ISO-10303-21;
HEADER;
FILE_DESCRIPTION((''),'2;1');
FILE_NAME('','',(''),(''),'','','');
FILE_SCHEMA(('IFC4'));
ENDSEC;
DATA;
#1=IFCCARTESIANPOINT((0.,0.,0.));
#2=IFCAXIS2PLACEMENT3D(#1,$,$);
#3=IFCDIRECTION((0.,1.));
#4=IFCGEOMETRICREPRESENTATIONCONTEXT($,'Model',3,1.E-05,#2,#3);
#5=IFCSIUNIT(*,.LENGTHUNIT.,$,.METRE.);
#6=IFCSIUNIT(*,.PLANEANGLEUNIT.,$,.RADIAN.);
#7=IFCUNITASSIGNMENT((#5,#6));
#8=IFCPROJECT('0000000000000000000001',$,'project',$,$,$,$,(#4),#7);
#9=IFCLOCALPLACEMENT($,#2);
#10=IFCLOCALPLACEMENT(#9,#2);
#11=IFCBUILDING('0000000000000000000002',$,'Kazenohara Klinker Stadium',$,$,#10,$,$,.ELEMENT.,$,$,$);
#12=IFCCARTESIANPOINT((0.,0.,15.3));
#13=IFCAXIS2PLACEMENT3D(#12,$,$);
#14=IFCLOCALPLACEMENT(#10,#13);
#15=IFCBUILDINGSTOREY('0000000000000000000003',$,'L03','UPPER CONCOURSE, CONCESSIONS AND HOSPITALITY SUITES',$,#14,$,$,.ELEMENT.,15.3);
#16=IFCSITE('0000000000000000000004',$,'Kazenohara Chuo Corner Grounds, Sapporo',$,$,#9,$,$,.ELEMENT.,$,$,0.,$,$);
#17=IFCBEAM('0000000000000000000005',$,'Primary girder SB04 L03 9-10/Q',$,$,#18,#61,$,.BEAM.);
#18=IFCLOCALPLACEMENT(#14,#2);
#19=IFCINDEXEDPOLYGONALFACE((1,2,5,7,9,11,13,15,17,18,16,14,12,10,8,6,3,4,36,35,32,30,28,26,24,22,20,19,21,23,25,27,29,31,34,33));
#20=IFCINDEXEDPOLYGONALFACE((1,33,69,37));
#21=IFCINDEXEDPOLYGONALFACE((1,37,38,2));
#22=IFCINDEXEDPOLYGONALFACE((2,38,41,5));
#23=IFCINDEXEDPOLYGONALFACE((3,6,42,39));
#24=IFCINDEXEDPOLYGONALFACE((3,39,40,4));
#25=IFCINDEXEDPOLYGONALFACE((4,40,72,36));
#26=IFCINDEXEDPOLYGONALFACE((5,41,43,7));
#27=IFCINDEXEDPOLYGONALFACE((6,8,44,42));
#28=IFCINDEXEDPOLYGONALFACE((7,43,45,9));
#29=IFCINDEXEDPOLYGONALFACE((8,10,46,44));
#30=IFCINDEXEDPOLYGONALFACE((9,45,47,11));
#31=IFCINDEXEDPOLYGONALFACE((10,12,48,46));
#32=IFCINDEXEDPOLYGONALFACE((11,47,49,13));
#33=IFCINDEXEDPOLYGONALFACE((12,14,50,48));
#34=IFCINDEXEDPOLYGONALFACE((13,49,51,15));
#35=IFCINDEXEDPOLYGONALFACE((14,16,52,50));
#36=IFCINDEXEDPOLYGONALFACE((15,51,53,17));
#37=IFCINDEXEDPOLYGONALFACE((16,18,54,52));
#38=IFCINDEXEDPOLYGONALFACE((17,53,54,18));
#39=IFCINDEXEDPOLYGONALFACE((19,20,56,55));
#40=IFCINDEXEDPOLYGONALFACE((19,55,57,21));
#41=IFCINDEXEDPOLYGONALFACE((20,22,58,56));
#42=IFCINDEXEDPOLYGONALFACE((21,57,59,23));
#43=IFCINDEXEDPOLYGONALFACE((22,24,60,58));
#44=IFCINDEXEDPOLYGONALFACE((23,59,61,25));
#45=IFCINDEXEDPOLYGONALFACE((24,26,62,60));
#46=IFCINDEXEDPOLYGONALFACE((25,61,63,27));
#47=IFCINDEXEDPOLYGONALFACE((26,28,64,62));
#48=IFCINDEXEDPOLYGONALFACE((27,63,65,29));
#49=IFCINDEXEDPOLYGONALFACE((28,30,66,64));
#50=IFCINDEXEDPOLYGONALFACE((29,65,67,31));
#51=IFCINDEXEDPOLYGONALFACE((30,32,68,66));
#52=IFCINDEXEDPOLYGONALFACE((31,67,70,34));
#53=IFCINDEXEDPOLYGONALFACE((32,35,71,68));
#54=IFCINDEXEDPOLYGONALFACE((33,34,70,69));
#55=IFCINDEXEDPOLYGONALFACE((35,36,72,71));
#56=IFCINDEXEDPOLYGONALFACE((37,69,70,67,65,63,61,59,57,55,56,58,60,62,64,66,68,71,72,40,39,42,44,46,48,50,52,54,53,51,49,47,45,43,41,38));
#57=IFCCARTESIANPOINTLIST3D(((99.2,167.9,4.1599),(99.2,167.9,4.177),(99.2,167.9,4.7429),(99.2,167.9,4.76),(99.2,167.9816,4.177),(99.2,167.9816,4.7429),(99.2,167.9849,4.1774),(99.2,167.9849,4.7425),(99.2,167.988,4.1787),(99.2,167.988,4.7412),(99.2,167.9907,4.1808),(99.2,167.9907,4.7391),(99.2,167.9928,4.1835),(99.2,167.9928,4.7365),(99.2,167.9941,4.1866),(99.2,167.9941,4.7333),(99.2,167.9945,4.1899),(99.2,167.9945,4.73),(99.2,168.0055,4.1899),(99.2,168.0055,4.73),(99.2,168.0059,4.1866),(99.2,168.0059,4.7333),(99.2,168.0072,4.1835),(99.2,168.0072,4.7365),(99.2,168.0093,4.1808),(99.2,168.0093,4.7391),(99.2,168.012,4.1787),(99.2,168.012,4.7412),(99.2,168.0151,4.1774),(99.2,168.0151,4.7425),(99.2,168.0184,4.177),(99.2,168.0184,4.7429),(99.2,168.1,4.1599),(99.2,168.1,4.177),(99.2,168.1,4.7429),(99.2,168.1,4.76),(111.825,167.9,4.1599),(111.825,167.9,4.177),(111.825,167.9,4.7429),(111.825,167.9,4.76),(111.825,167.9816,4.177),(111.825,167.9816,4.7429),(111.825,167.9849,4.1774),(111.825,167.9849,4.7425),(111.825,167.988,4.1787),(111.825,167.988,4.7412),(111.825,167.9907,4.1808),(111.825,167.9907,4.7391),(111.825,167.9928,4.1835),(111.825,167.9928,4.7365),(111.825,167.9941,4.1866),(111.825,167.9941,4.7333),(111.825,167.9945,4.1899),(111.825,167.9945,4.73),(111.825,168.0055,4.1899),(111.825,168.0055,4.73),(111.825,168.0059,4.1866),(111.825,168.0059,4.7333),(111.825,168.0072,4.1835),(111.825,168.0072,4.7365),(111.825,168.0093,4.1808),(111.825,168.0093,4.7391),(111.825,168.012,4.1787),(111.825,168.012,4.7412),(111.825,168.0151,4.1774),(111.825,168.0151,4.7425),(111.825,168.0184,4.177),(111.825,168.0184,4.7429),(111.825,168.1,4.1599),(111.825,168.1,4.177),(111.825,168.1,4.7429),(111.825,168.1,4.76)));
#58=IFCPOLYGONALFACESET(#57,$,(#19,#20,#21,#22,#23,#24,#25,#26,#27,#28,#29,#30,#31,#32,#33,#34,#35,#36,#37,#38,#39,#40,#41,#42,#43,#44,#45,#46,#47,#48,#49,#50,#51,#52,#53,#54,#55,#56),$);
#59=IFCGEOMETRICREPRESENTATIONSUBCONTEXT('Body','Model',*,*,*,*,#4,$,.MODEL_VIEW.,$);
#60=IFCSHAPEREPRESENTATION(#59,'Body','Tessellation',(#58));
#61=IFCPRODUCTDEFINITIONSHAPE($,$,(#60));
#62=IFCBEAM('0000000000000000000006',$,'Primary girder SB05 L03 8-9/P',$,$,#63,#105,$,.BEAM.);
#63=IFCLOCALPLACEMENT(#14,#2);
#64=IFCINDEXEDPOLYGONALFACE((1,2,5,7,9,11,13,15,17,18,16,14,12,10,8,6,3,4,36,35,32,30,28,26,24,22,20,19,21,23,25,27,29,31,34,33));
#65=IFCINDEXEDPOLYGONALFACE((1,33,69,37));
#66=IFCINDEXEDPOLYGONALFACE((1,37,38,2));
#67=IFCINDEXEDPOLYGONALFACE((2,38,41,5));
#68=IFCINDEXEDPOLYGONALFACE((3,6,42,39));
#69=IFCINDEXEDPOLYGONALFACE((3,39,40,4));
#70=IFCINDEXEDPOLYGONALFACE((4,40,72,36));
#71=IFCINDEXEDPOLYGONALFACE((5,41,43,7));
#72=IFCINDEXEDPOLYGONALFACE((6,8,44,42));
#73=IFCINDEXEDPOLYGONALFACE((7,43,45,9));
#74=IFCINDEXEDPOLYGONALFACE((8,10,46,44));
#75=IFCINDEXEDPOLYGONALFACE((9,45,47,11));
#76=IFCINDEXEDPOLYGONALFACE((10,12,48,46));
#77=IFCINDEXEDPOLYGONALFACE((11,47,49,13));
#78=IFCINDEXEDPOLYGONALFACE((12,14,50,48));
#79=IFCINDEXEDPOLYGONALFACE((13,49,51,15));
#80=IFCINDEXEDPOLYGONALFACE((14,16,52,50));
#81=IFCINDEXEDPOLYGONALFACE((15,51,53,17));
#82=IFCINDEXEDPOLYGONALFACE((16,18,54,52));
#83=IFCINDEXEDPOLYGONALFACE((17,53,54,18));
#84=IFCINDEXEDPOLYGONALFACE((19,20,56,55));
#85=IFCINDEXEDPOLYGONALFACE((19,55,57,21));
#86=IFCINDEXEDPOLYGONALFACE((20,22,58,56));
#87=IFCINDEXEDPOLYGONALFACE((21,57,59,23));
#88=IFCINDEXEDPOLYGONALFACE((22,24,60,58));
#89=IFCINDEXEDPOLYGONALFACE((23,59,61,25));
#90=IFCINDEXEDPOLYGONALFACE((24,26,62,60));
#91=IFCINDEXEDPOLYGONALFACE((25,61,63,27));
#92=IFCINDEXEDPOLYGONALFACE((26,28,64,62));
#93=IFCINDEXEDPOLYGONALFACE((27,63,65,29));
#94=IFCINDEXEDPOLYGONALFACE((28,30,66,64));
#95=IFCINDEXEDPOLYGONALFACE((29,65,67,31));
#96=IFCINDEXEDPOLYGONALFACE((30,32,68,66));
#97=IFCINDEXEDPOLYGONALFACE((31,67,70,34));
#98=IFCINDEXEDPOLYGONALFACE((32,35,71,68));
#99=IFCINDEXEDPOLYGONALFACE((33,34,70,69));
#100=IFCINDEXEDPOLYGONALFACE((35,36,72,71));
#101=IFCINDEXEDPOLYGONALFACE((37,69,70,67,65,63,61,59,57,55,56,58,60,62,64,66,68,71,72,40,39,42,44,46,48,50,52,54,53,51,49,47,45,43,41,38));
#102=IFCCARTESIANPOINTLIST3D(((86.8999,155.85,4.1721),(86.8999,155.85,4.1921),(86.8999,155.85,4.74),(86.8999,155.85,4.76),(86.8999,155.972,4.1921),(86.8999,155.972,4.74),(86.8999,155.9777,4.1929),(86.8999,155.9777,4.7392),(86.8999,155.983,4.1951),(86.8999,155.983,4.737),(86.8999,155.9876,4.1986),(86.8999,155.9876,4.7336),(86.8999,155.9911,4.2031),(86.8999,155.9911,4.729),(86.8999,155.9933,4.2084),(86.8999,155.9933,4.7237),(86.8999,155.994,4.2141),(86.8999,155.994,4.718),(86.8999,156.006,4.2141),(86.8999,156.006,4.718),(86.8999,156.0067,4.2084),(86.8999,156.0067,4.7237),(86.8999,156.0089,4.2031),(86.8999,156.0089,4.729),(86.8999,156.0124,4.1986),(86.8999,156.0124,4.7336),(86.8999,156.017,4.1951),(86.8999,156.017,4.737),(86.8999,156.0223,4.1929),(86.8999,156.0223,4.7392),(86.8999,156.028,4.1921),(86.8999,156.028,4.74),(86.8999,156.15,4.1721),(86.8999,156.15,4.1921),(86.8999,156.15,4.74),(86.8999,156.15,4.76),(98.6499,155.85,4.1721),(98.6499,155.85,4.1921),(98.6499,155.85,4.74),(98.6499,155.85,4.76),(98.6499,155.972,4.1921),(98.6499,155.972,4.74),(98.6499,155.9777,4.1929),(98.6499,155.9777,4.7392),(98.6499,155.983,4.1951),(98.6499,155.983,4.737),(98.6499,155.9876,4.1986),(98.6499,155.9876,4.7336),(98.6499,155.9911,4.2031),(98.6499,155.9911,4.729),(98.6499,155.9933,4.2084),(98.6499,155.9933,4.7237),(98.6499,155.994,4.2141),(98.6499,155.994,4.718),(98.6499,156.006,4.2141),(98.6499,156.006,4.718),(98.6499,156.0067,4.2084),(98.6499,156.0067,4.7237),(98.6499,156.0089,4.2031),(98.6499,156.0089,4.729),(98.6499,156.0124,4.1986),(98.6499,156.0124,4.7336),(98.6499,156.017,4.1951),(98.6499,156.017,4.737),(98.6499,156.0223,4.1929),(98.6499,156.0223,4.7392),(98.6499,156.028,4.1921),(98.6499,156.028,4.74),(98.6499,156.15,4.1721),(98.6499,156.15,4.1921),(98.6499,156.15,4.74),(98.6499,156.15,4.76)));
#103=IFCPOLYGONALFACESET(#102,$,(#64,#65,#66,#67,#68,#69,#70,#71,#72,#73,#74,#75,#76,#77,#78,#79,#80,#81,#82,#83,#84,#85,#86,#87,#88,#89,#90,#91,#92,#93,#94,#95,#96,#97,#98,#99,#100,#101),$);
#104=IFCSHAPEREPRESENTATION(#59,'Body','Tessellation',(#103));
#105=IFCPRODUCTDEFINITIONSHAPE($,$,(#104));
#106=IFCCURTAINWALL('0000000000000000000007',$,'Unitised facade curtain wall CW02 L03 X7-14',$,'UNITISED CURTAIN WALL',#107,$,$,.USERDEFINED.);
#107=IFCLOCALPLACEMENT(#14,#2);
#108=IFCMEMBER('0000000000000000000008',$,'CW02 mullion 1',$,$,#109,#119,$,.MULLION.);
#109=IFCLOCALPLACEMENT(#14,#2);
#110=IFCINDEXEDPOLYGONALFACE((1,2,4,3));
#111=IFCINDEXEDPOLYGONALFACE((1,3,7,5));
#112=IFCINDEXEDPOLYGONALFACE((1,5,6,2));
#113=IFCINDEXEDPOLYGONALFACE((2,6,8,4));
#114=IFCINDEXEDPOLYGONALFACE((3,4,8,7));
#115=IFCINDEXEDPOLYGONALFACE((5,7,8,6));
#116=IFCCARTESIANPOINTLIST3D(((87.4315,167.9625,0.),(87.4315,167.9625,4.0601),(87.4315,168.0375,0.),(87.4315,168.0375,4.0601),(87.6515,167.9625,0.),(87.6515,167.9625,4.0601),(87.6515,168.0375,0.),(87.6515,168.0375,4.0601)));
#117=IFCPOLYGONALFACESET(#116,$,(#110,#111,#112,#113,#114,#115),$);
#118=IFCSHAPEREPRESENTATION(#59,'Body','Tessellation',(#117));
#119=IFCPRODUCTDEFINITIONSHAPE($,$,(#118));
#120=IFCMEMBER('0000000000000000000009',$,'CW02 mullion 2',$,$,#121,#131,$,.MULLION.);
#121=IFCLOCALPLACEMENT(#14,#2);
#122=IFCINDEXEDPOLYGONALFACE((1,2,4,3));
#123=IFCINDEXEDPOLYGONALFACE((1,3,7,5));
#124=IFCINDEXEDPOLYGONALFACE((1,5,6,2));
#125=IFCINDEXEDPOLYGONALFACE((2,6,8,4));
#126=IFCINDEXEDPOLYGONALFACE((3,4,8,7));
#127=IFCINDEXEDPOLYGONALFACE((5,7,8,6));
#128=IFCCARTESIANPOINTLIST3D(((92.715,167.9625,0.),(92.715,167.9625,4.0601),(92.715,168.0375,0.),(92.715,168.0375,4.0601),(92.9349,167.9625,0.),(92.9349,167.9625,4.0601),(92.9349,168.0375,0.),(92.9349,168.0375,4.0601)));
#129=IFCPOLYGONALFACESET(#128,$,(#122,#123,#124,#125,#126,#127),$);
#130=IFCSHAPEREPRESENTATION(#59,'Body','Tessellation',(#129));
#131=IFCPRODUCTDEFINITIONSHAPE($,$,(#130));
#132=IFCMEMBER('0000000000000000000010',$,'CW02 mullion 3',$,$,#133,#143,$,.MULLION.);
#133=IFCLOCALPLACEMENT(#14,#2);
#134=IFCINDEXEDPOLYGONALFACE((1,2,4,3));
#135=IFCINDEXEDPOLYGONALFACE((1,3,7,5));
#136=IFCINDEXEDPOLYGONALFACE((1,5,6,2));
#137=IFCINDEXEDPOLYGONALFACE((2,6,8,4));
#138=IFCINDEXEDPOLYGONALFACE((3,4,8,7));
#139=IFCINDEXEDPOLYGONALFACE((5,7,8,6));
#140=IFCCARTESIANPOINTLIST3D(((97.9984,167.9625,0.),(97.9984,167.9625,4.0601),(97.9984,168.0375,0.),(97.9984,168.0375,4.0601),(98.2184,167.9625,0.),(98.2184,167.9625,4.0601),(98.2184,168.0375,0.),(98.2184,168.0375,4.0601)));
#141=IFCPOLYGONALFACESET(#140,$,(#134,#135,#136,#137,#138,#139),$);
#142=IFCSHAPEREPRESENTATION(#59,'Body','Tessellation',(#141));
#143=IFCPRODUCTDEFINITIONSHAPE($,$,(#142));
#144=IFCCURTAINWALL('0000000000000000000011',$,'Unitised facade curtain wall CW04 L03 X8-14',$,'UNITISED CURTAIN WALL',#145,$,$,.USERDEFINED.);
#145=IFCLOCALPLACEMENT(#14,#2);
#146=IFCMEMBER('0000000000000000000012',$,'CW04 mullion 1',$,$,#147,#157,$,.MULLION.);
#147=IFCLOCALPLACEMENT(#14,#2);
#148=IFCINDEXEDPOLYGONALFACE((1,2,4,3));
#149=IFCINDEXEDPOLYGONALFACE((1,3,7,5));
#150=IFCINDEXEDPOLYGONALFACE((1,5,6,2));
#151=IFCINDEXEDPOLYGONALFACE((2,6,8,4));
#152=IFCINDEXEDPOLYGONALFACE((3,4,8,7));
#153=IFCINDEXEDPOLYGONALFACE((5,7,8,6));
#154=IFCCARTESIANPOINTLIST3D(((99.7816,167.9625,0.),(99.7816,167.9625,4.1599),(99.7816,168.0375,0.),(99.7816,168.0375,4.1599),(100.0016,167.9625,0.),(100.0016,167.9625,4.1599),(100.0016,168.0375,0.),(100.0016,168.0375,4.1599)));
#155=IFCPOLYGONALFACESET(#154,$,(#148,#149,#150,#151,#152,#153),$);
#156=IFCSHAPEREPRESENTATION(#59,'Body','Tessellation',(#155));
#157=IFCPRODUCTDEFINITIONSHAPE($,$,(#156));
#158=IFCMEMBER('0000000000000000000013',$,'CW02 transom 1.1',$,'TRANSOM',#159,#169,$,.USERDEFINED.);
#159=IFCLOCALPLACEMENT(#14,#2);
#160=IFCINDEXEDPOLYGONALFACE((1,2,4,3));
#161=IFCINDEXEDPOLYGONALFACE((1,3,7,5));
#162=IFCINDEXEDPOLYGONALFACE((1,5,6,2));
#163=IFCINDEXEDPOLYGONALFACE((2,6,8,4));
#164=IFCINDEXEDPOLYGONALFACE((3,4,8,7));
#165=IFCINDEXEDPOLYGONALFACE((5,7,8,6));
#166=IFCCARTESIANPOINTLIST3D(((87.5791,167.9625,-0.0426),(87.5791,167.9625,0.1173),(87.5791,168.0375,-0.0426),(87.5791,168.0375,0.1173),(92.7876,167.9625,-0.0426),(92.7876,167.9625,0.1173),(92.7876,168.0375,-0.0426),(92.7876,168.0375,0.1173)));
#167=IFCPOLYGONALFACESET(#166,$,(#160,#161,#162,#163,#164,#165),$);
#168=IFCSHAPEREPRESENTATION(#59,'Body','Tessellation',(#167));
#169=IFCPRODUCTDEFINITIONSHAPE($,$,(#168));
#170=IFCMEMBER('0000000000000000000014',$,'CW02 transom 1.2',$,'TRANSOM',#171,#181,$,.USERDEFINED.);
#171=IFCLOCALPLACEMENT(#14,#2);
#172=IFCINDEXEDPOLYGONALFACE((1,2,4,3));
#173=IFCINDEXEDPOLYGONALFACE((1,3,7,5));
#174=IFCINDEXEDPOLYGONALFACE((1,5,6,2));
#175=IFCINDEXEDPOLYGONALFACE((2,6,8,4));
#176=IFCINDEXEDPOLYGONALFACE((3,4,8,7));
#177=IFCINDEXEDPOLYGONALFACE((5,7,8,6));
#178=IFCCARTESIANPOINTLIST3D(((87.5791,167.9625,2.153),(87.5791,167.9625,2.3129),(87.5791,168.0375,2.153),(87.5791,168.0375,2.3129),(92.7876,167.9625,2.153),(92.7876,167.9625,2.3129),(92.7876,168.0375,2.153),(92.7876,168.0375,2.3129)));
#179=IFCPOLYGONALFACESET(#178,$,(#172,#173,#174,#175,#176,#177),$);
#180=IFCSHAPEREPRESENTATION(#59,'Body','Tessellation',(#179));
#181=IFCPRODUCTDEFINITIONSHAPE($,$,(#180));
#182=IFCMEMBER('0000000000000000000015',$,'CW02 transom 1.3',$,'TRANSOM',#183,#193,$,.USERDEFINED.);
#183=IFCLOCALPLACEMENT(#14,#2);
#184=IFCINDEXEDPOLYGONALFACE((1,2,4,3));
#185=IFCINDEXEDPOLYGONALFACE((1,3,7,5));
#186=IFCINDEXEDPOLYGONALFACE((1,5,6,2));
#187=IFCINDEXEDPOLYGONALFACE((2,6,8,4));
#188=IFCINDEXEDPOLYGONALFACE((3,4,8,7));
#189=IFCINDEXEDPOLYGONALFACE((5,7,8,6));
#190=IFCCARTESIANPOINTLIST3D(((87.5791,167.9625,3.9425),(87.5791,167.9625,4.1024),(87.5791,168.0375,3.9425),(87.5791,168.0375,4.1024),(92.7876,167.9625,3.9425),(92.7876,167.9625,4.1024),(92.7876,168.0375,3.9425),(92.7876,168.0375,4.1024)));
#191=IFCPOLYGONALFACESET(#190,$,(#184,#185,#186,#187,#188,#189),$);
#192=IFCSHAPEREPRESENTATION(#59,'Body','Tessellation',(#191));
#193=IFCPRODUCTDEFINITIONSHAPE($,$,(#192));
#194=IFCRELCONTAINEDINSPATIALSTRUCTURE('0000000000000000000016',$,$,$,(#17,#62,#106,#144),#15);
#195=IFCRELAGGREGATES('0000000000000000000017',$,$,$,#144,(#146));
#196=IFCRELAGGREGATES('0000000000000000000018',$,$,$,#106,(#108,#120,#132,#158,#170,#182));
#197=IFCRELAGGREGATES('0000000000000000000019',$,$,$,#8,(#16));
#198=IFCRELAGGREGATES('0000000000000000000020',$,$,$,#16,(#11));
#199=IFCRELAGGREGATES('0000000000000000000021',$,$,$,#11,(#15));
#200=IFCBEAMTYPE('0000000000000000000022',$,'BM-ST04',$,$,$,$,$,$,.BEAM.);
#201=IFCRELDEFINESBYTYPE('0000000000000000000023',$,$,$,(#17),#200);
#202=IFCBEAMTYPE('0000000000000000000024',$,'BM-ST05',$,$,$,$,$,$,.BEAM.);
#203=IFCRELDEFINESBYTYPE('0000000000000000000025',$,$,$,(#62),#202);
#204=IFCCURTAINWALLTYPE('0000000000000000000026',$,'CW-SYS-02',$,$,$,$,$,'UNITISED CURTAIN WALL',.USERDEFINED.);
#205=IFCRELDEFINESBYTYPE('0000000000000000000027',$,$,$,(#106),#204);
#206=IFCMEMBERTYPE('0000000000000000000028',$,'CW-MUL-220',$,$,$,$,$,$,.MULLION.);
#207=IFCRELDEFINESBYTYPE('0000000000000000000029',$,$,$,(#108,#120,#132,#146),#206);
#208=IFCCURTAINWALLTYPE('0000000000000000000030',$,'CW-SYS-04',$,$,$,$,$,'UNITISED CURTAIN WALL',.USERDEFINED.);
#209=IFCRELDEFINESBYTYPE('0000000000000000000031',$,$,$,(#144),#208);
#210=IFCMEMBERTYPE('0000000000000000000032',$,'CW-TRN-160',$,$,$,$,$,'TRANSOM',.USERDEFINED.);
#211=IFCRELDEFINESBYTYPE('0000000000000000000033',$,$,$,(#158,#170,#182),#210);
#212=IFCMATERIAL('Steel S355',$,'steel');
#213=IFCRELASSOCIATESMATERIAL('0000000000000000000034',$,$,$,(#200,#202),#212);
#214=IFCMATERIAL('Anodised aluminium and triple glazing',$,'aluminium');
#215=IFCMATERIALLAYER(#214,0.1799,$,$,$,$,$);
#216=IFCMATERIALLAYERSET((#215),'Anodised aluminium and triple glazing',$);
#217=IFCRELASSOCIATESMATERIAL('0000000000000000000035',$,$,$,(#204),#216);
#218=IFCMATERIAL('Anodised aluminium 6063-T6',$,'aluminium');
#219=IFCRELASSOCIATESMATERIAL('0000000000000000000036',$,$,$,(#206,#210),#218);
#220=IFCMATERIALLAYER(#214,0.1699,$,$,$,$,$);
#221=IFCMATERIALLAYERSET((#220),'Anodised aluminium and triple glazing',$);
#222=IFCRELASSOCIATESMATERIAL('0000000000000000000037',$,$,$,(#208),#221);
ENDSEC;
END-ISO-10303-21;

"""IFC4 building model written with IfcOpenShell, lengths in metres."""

from ifc_helpers import new_model, si_unit, direction, frame, origin, origin_2d, place, context, subcontext, project, spatial, rectangle, i_section, extrude, material, layer, layer_set, material_profile, profile_set, type_object, element, aggregate, save


model = new_model("IFC4")

# Units and contexts
model_context = context("Model", 3, precision=1e-05, world=origin(), true_north=direction((0.0, 1.0)))
body_context = subcontext(model_context, "Body", "Model", "MODEL_VIEW")
ifc_project = project(units=[si_unit("LENGTHUNIT", "METRE"), si_unit("PLANEANGLEUNIT", "RADIAN")], contexts=[model_context])

# Site, building, storey
site_placement = place(None, origin())
site = spatial("IfcSite", under=ifc_project, at=site_placement, Name="Kazenohara Chuo Corner Grounds, Sapporo", CompositionType="ELEMENT", RefElevation=0.0)
building_placement = place(site_placement, origin())
building = spatial("IfcBuilding", under=site, at=building_placement, Name="Kazenohara Klinker Stadium", CompositionType="ELEMENT")
storey_placement = place(building_placement, frame((0.0, 0.0, 15.3)))
storey = spatial("IfcBuildingStorey", under=building, at=storey_placement, Name="L03", Description="UPPER CONCOURSE, CONCESSIONS AND HOSPITALITY SUITES", CompositionType="ELEMENT", Elevation=15.3)

# Shared definitions
ifc_material_1 = material(Name="Steel S355", Category="steel")

# Beams
ifc_material_profile_1 = material_profile(ifc_material_1, i_section(OverallWidth=0.2, OverallDepth=0.6001, WebThickness=0.011, FlangeThickness=0.0171, FilletRadius=0.0129, at=origin_2d()), Name="H-600x200x11x17")
ifc_profile_set_1 = profile_set([ifc_material_profile_1], Name="Steel S355")
beam_type_1 = type_object("IfcBeamType", Name="BM-ST04", PredefinedType="BEAM", material=ifc_profile_set_1)
beam_1_placement = place(storey_placement, frame((99.2, 168.0, 4.46), z_axis=(1.0, 0.0, 0.0), x_axis=(0.0, 1.0, 0.0)))
element("IfcBeam", 1, at=beam_1_placement, inside=storey, type_object=beam_type_1, Name="Primary girder SB04 L03 9-10/Q", PredefinedType="BEAM", context=body_context, shape_type="SweptSolid", body=[
    extrude(i_section(OverallWidth=0.2, OverallDepth=0.6001, WebThickness=0.011, FlangeThickness=0.0171, FilletRadius=0.0129, at=origin_2d()), origin(), (0.0, 0.0, 1.0), 12.625),
])
ifc_material_profile_2 = material_profile(ifc_material_1, i_section(OverallWidth=0.3, OverallDepth=0.5879, WebThickness=0.012, FlangeThickness=0.02, FilletRadius=0.022, at=origin_2d()), Name="H-588x300x12x20")
ifc_profile_set_2 = profile_set([ifc_material_profile_2], Name="Steel S355")
beam_type_2 = type_object("IfcBeamType", Name="BM-ST05", PredefinedType="BEAM", material=ifc_profile_set_2)
beam_2_placement = place(storey_placement, frame((86.8999, 156.0, 4.4661), z_axis=(1.0, 0.0, 0.0), x_axis=(0.0, 1.0, 0.0)))
element("IfcBeam", 2, at=beam_2_placement, inside=storey, type_object=beam_type_2, Name="Primary girder SB05 L03 8-9/P", PredefinedType="BEAM", context=body_context, shape_type="SweptSolid", body=[
    extrude(i_section(OverallWidth=0.3, OverallDepth=0.5879, WebThickness=0.012, FlangeThickness=0.02, FilletRadius=0.022, at=origin_2d()), origin(), (0.0, 0.0, 1.0), 11.75),
])

# Curtain wall, members
ifc_material_2 = material(Name="Anodised aluminium and triple glazing", Category="aluminium")
ifc_layer_1 = layer(ifc_material_2, 0.1799)
ifc_layer_set_1 = layer_set([ifc_layer_1], Name="Anodised aluminium and triple glazing")
curtain_wall_type_1 = type_object("IfcCurtainWallType", Name="CW-SYS-02", ElementType="UNITISED CURTAIN WALL", PredefinedType="USERDEFINED", material=ifc_layer_set_1)
curtain_wall_1_placement = place(storey_placement, origin())
curtain_wall_1 = element("IfcCurtainWall", 3, at=curtain_wall_1_placement, inside=storey, type_object=curtain_wall_type_1, Name="Unitised facade curtain wall CW02 L03 X7-14", ObjectType="UNITISED CURTAIN WALL", PredefinedType="USERDEFINED")
ifc_material_3 = material(Name="Anodised aluminium 6063-T6", Category="aluminium")
ifc_material_profile_3 = material_profile(ifc_material_3, rectangle(XDim=0.075, YDim=0.22, at=origin_2d()), Name="ALU-MUL-75x220")
ifc_profile_set_3 = profile_set([ifc_material_profile_3], Name="Anodised aluminium 6063-T6")
member_type_1 = type_object("IfcMemberType", Name="CW-MUL-220", PredefinedType="MULLION", material=ifc_profile_set_3)
member_1_placement = place(storey_placement, frame((87.5415, 168.0, 0.0), z_axis=(0.0, 0.0, 1.0), x_axis=(0.0, 1.0, 0.0)))
member_1 = element("IfcMember", 4, at=member_1_placement, type_object=member_type_1, Name="CW02 mullion 1", PredefinedType="MULLION", context=body_context, shape_type="SweptSolid", body=[
    extrude(rectangle(XDim=0.075, YDim=0.22, at=origin_2d()), origin(), (0.0, 0.0, 1.0), 4.0601),
])
member_2_placement = place(storey_placement, frame((92.825, 168.0, 0.0), z_axis=(0.0, 0.0, 1.0), x_axis=(0.0, 1.0, 0.0)))
member_2 = element("IfcMember", 5, at=member_2_placement, type_object=member_type_1, Name="CW02 mullion 2", PredefinedType="MULLION", context=body_context, shape_type="SweptSolid", body=[
    extrude(rectangle(XDim=0.075, YDim=0.22, at=origin_2d()), origin(), (0.0, 0.0, 1.0), 4.0601),
])
member_3_placement = place(storey_placement, frame((98.1084, 168.0, 0.0), z_axis=(0.0, 0.0, 1.0), x_axis=(0.0, 1.0, 0.0)))
member_3 = element("IfcMember", 6, at=member_3_placement, type_object=member_type_1, Name="CW02 mullion 3", PredefinedType="MULLION", context=body_context, shape_type="SweptSolid", body=[
    extrude(rectangle(XDim=0.075, YDim=0.22, at=origin_2d()), origin(), (0.0, 0.0, 1.0), 4.0601),
])

# Curtain wall, member
ifc_layer_2 = layer(ifc_material_2, 0.1699)
ifc_layer_set_2 = layer_set([ifc_layer_2], Name="Anodised aluminium and triple glazing")
curtain_wall_type_2 = type_object("IfcCurtainWallType", Name="CW-SYS-04", ElementType="UNITISED CURTAIN WALL", PredefinedType="USERDEFINED", material=ifc_layer_set_2)
curtain_wall_2_placement = place(storey_placement, origin())
curtain_wall_2 = element("IfcCurtainWall", 7, at=curtain_wall_2_placement, inside=storey, type_object=curtain_wall_type_2, Name="Unitised facade curtain wall CW04 L03 X8-14", ObjectType="UNITISED CURTAIN WALL", PredefinedType="USERDEFINED")
member_4_placement = place(storey_placement, frame((99.8916, 168.0, 0.0), z_axis=(0.0, 0.0, 1.0), x_axis=(0.0, 1.0, 0.0)))
member_4 = element("IfcMember", 8, at=member_4_placement, type_object=member_type_1, Name="CW04 mullion 1", PredefinedType="MULLION", context=body_context, shape_type="SweptSolid", body=[
    extrude(rectangle(XDim=0.075, YDim=0.22, at=origin_2d()), origin(), (0.0, 0.0, 1.0), 4.1599),
])

# Members
ifc_material_profile_4 = material_profile(ifc_material_3, rectangle(XDim=0.075, YDim=0.1599, at=origin_2d()), Name="ALU-TRN-75x160")
ifc_profile_set_4 = profile_set([ifc_material_profile_4], Name="Anodised aluminium 6063-T6")
member_type_2 = type_object("IfcMemberType", Name="CW-TRN-160", ElementType="TRANSOM", PredefinedType="USERDEFINED", material=ifc_profile_set_4)
member_5_placement = place(storey_placement, frame((87.5791, 168.0, 0.0374), z_axis=(1.0, 0.0, 0.0), x_axis=(0.0, 1.0, 0.0)))
member_5 = element("IfcMember", 9, at=member_5_placement, type_object=member_type_2, Name="CW02 transom 1.1", ObjectType="TRANSOM", PredefinedType="USERDEFINED", context=body_context, shape_type="SweptSolid", body=[
    extrude(rectangle(XDim=0.075, YDim=0.1599, at=origin_2d()), origin(), (0.0, 0.0, 1.0), 5.2085),
])
member_6_placement = place(storey_placement, frame((87.5791, 168.0, 2.2329), z_axis=(1.0, 0.0, 0.0), x_axis=(0.0, 1.0, 0.0)))
member_6 = element("IfcMember", 10, at=member_6_placement, type_object=member_type_2, Name="CW02 transom 1.2", ObjectType="TRANSOM", PredefinedType="USERDEFINED", context=body_context, shape_type="SweptSolid", body=[
    extrude(rectangle(XDim=0.075, YDim=0.1599, at=origin_2d()), origin(), (0.0, 0.0, 1.0), 5.2085),
])
member_7_placement = place(storey_placement, frame((87.5791, 168.0, 4.0225), z_axis=(1.0, 0.0, 0.0), x_axis=(0.0, 1.0, 0.0)))
member_7 = element("IfcMember", 11, at=member_7_placement, type_object=member_type_2, Name="CW02 transom 1.3", ObjectType="TRANSOM", PredefinedType="USERDEFINED", context=body_context, shape_type="SweptSolid", body=[
    extrude(rectangle(XDim=0.075, YDim=0.1599, at=origin_2d()), origin(), (0.0, 0.0, 1.0), 5.2085),
])
aggregate(curtain_wall_2, [member_4])

aggregate(curtain_wall_1, [member_1, member_2, member_3, member_5, member_6, member_7])

save(model, "model.ifc")
